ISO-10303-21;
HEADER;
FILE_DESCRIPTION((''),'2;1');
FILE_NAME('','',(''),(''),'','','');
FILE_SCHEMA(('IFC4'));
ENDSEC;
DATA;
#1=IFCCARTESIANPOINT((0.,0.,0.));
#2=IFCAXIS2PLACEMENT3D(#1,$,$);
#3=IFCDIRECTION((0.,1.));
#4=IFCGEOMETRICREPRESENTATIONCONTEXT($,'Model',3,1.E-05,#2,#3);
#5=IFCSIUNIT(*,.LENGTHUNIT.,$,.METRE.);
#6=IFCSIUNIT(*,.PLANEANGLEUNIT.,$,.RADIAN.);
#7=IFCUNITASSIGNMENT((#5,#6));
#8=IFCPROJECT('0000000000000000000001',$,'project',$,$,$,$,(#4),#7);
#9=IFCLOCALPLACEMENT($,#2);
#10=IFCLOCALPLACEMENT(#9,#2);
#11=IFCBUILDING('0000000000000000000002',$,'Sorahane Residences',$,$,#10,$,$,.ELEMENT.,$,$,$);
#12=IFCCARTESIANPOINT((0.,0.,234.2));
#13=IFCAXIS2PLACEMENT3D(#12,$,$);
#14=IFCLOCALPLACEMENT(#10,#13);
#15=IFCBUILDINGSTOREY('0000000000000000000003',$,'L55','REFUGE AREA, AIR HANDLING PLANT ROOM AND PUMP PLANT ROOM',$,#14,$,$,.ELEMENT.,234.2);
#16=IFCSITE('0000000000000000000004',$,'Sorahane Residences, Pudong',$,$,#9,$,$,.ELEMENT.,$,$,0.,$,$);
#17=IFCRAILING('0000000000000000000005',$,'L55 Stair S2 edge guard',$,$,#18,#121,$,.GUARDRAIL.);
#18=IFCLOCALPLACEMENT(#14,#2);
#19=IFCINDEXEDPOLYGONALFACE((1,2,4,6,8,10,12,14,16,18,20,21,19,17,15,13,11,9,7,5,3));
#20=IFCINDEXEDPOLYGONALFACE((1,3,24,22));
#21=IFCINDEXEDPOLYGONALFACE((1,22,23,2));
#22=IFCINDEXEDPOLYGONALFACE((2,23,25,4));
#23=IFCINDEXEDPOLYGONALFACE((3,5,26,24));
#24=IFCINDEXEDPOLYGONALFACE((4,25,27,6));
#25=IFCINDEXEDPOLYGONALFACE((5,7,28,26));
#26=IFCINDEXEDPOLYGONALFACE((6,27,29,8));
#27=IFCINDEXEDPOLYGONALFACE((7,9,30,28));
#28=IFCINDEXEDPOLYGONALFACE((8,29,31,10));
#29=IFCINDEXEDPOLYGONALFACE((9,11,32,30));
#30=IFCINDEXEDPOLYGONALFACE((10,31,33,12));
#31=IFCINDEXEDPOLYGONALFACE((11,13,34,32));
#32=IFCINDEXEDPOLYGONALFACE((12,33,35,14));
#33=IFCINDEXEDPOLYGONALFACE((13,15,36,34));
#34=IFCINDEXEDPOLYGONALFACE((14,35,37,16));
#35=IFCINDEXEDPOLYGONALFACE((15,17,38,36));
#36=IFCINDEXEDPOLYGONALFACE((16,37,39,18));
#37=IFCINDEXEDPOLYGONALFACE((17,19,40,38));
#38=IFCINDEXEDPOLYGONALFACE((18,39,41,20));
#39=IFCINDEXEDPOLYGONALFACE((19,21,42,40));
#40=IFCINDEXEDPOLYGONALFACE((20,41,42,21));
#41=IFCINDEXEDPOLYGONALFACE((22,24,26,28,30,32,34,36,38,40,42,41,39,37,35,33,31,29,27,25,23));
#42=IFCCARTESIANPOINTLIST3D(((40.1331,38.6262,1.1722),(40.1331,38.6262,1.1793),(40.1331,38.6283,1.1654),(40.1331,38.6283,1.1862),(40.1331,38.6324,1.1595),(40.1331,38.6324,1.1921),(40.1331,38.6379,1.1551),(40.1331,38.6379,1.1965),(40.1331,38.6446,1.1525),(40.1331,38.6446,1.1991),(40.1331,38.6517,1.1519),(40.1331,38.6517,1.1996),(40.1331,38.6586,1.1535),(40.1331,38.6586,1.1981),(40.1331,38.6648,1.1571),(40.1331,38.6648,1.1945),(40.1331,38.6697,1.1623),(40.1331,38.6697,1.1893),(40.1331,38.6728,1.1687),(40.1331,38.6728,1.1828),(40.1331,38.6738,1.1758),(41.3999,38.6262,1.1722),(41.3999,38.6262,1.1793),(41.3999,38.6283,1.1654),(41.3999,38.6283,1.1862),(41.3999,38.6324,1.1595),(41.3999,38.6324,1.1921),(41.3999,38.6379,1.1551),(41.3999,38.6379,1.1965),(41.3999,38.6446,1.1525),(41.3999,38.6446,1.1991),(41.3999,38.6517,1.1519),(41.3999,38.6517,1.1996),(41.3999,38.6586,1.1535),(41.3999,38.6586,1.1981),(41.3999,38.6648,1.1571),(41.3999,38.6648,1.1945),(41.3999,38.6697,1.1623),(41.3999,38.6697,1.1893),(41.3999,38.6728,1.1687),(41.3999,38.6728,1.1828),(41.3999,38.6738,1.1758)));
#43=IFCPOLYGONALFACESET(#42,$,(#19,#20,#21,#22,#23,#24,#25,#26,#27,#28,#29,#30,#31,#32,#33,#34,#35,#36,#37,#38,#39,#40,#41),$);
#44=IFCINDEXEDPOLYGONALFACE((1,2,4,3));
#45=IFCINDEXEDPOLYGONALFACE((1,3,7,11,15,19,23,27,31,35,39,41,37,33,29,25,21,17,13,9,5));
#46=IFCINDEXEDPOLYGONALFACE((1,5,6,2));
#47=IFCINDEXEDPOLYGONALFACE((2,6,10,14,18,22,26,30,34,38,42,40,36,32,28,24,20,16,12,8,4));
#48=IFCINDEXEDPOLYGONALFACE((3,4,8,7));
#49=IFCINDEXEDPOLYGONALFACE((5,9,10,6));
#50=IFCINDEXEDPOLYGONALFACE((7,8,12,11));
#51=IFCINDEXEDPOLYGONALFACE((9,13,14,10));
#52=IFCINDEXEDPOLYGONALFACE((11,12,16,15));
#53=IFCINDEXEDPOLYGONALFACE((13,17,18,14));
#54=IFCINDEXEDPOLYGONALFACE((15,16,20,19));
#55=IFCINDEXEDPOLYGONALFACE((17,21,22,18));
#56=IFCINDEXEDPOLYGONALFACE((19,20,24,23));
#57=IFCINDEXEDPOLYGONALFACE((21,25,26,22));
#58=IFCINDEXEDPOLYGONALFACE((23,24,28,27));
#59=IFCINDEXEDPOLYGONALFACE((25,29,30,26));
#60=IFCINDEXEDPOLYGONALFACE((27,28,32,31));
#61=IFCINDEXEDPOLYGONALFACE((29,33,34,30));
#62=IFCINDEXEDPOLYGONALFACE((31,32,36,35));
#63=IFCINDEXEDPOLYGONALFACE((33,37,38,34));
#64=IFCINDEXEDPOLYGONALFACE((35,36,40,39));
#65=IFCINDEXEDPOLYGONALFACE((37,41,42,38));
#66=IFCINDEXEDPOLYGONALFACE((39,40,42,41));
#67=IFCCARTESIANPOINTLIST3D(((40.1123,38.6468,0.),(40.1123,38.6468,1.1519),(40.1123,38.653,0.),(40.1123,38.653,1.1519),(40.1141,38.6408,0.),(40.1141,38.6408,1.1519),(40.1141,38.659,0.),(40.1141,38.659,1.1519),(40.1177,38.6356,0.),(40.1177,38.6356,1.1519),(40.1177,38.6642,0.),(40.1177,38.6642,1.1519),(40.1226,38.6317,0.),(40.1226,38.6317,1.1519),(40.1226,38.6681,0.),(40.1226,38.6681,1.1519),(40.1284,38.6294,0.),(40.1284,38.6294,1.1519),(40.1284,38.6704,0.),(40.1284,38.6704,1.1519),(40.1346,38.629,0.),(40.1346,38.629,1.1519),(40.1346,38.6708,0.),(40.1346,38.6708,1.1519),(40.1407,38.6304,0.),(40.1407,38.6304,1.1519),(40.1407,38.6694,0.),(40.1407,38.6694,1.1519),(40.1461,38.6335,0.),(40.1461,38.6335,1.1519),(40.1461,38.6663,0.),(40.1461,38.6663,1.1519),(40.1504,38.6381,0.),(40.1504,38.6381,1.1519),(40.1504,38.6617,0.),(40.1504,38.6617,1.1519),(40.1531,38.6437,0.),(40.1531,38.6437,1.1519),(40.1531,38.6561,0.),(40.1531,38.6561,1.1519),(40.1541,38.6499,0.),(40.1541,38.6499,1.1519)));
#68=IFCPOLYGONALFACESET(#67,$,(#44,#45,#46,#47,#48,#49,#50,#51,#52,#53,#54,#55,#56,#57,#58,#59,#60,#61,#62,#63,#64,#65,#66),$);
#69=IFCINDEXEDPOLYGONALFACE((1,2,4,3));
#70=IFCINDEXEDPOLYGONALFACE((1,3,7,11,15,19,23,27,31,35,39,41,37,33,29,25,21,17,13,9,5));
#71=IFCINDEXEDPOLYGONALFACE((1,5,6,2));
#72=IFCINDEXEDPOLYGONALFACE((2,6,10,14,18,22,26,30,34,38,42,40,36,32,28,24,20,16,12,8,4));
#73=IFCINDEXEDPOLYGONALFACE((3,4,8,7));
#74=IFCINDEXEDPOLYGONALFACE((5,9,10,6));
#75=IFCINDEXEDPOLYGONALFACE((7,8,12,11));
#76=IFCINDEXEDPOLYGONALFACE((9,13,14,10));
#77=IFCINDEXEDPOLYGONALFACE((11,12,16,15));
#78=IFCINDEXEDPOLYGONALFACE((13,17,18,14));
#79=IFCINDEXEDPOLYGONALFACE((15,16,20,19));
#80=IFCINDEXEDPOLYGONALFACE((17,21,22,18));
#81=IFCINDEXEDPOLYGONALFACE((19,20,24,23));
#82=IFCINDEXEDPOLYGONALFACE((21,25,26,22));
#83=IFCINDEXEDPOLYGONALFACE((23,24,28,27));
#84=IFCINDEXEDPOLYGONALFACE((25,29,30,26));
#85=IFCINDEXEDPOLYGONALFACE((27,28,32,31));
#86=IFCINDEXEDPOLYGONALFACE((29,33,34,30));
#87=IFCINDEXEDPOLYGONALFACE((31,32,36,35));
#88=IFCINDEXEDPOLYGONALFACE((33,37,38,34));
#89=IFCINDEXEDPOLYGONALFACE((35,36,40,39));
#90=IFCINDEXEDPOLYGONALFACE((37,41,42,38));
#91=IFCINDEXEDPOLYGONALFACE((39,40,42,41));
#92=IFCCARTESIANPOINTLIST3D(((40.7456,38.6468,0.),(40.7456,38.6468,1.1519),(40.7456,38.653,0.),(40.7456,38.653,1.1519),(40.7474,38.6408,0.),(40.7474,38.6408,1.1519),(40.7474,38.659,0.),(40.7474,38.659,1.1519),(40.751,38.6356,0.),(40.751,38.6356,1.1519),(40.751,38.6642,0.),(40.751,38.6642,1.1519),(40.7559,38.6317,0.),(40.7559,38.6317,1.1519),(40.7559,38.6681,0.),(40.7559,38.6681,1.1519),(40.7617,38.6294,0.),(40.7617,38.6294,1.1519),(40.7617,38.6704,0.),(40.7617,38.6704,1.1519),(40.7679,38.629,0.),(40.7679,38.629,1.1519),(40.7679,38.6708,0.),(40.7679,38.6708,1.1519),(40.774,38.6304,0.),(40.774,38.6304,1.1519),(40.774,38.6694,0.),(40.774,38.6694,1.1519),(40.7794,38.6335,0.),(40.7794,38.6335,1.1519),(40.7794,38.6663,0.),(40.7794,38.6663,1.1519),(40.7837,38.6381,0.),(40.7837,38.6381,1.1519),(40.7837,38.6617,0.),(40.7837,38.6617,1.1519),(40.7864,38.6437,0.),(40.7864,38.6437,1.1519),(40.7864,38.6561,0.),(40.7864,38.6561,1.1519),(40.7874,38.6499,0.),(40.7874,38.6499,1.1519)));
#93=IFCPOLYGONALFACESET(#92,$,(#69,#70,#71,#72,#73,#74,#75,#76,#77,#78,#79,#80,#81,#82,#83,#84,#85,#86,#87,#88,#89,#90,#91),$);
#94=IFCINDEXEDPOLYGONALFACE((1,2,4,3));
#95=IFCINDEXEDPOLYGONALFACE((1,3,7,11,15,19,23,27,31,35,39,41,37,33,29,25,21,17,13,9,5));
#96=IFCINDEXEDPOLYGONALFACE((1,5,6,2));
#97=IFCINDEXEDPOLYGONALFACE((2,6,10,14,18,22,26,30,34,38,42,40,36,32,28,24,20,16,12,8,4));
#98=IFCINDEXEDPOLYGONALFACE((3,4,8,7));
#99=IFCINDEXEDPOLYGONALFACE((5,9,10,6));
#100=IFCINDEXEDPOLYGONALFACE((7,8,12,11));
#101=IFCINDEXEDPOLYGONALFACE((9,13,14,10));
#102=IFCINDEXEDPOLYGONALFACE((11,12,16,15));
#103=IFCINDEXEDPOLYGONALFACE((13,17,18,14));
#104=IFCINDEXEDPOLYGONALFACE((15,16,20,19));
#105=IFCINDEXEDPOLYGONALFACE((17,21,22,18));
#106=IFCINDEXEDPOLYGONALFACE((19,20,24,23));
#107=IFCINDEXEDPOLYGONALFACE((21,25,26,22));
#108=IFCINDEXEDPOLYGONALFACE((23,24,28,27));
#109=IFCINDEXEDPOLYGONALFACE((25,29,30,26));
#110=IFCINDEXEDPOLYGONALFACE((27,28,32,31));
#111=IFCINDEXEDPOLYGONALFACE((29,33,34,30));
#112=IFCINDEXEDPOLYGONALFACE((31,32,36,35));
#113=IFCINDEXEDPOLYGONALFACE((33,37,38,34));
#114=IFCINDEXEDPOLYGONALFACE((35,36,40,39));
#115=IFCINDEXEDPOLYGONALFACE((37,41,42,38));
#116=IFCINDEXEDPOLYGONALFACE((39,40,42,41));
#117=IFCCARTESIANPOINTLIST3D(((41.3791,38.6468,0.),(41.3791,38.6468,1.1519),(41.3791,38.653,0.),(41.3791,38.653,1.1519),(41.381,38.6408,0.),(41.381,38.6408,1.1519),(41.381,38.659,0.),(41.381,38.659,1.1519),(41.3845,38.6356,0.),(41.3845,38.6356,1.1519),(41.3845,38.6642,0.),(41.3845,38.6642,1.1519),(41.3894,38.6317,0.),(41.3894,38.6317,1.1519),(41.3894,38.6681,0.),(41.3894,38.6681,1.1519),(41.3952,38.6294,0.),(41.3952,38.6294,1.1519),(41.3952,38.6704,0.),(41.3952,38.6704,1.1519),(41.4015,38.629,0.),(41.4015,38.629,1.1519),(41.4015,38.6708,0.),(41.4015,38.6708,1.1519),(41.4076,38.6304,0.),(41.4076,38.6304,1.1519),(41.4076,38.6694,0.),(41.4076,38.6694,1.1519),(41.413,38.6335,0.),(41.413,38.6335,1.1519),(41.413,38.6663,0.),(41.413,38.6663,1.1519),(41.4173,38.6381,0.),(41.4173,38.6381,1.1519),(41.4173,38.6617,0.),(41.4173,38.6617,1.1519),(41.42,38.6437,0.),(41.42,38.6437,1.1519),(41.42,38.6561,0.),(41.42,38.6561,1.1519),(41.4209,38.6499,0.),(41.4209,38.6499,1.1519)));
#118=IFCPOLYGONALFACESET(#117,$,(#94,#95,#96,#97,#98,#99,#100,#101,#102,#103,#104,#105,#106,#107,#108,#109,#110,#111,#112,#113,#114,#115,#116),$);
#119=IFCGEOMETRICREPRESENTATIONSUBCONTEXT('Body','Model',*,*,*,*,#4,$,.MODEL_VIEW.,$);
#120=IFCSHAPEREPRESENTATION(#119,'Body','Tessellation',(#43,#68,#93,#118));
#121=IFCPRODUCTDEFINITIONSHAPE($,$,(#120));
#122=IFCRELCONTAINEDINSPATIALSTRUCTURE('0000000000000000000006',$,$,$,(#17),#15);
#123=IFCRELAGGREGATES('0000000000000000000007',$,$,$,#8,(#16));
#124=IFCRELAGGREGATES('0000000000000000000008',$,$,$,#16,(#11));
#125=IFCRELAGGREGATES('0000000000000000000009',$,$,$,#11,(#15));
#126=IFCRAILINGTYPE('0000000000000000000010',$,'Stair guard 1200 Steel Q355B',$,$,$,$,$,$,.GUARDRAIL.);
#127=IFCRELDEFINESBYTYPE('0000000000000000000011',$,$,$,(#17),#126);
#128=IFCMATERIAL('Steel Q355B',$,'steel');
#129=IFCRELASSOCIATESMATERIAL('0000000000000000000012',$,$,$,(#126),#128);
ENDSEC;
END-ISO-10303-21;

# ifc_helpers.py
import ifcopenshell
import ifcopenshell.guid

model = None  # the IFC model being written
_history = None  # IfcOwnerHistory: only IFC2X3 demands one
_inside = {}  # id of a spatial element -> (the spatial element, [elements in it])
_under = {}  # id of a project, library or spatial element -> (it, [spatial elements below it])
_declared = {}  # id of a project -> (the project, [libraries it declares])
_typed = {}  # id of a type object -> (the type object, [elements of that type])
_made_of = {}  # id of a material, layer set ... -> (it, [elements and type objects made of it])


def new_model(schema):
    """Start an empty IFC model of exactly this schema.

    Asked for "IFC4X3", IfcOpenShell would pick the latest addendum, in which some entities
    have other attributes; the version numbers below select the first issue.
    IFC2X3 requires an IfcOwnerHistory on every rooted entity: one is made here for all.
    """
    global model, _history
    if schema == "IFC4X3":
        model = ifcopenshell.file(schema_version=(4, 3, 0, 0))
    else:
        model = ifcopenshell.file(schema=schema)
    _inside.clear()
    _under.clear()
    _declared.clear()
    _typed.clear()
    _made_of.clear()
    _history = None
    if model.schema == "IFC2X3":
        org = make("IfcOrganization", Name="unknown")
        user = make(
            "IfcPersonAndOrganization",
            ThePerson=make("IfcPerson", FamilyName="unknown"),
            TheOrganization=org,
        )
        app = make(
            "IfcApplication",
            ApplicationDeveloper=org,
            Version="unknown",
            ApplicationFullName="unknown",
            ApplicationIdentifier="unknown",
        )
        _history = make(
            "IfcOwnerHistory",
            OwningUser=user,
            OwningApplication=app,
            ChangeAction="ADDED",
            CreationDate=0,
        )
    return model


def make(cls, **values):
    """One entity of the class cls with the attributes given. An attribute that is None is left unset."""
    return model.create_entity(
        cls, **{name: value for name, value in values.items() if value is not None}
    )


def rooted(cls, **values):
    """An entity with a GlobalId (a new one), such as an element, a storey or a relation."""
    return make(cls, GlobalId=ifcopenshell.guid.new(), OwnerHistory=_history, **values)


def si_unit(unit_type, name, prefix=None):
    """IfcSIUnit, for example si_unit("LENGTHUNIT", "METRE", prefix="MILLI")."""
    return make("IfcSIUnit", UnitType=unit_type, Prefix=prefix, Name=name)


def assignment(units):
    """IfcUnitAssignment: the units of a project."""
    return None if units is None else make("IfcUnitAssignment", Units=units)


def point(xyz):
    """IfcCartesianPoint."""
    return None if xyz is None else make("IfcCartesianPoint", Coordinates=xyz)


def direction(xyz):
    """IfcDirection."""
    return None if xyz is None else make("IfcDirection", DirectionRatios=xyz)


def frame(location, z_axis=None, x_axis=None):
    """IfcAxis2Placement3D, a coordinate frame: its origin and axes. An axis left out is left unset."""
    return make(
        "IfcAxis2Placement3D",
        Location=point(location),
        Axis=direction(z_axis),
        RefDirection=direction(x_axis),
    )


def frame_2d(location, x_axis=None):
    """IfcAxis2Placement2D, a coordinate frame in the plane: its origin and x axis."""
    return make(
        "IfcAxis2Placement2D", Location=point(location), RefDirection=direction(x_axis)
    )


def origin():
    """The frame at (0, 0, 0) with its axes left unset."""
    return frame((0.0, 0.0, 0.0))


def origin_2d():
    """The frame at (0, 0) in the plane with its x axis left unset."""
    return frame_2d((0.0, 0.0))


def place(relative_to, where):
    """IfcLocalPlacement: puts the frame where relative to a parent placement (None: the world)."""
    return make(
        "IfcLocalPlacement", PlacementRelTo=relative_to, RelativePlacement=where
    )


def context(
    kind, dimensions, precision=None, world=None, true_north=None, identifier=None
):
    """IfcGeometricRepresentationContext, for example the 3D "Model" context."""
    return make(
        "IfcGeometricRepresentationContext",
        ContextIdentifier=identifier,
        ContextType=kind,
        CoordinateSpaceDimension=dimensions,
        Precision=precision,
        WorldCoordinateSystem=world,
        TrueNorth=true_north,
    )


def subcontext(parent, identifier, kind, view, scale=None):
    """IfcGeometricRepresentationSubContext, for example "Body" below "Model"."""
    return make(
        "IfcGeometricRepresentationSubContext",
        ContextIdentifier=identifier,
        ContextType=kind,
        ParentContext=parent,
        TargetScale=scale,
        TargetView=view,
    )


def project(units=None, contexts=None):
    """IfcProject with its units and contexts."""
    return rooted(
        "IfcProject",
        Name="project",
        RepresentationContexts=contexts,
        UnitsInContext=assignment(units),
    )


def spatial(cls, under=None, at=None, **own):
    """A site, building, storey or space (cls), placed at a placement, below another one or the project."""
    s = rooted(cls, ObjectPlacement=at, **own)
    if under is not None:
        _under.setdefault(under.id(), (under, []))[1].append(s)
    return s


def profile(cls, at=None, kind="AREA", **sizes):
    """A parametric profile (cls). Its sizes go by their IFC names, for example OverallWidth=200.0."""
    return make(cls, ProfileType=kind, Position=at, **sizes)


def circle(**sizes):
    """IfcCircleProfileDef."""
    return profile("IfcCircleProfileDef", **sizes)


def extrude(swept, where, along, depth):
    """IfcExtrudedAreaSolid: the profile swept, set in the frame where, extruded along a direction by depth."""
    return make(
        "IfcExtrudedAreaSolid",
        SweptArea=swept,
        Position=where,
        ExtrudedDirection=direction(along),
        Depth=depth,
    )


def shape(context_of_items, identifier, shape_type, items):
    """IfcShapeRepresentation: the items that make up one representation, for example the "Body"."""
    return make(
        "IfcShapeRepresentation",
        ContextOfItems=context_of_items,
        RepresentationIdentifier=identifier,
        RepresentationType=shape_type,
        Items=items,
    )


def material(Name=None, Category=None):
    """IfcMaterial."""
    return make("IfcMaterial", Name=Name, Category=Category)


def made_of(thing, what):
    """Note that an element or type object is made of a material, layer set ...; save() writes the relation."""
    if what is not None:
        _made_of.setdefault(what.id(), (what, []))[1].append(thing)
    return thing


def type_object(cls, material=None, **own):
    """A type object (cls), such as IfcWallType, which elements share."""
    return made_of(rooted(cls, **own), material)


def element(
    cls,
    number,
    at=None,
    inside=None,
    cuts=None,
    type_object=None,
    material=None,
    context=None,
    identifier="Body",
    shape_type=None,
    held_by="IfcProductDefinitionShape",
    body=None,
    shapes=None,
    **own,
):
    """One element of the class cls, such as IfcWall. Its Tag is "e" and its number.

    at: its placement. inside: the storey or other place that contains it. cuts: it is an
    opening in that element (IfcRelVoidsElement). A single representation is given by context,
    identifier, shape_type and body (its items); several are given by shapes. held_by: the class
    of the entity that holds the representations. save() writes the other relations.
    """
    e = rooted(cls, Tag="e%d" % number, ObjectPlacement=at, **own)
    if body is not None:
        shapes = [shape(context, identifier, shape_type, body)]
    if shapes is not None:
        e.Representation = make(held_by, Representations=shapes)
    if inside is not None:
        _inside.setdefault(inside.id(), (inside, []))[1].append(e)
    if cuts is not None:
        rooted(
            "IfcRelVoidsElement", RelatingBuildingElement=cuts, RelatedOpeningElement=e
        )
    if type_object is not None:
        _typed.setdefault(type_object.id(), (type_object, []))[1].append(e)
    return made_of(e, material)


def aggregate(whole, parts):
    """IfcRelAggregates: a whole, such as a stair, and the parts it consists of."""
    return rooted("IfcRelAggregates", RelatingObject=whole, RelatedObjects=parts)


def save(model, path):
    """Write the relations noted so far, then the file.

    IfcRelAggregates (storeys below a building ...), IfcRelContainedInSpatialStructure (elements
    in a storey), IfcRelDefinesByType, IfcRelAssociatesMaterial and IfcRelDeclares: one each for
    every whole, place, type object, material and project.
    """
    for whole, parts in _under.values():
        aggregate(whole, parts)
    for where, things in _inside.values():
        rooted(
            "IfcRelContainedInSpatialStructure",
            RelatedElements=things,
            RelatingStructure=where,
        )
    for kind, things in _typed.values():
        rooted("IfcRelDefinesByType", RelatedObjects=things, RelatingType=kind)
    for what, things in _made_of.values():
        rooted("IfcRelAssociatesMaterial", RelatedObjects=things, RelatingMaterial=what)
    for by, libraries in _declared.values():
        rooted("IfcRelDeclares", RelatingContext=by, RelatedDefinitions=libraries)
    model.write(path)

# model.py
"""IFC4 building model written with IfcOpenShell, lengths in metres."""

from ifc_helpers import new_model, si_unit, direction, frame, origin, origin_2d, place, context, subcontext, project, spatial, circle, extrude, material, type_object, element, save


model = new_model("IFC4")

# Units and contexts
model_context = context("Model", 3, precision=1e-05, world=origin(), true_north=direction((0.0, 1.0)))
body_context = subcontext(model_context, "Body", "Model", "MODEL_VIEW")
ifc_project = project(units=[si_unit("LENGTHUNIT", "METRE"), si_unit("PLANEANGLEUNIT", "RADIAN")], contexts=[model_context])

# Site, building, storey
site_placement = place(None, origin())
site = spatial("IfcSite", under=ifc_project, at=site_placement, Name="Sorahane Residences, Pudong", CompositionType="ELEMENT", RefElevation=0.0)
building_placement = place(site_placement, origin())
building = spatial("IfcBuilding", under=site, at=building_placement, Name="Sorahane Residences", CompositionType="ELEMENT")
storey_placement = place(building_placement, frame((0.0, 0.0, 234.2)))
storey = spatial("IfcBuildingStorey", under=building, at=storey_placement, Name="L55", Description="REFUGE AREA, AIR HANDLING PLANT ROOM AND PUMP PLANT ROOM", CompositionType="ELEMENT", Elevation=234.2)

# Railing
ifc_material_1 = material(Name="Steel Q355B", Category="steel")
railing_type_1 = type_object("IfcRailingType", Name="Stair guard 1200 Steel Q355B", PredefinedType="GUARDRAIL", material=ifc_material_1)
railing_1_placement = place(storey_placement, frame((40.1331, 38.6499, 0.0)))
element("IfcRailing", 1, at=railing_1_placement, inside=storey, type_object=railing_type_1, Name="L55 Stair S2 edge guard", PredefinedType="GUARDRAIL", context=body_context, shape_type="SweptSolid", body=[
    extrude(circle(Radius=0.0239, at=origin_2d()), frame((0.0, 0.0, 1.1758), z_axis=(1.0, 0.0, 0.0), x_axis=(0.0, 1.0, 0.0)), (0.0, 0.0, 1.0), 1.2668),
    extrude(circle(Radius=0.021, at=origin_2d()), origin(), (0.0, 0.0, 1.0), 1.1519),
    extrude(circle(Radius=0.021, at=origin_2d()), frame((0.6333, 0.0, 0.0)), (0.0, 0.0, 1.0), 1.1519),
    extrude(circle(Radius=0.021, at=origin_2d()), frame((1.2668, 0.0, 0.0)), (0.0, 0.0, 1.0), 1.1519),
])

save(model, "model.ifc")
